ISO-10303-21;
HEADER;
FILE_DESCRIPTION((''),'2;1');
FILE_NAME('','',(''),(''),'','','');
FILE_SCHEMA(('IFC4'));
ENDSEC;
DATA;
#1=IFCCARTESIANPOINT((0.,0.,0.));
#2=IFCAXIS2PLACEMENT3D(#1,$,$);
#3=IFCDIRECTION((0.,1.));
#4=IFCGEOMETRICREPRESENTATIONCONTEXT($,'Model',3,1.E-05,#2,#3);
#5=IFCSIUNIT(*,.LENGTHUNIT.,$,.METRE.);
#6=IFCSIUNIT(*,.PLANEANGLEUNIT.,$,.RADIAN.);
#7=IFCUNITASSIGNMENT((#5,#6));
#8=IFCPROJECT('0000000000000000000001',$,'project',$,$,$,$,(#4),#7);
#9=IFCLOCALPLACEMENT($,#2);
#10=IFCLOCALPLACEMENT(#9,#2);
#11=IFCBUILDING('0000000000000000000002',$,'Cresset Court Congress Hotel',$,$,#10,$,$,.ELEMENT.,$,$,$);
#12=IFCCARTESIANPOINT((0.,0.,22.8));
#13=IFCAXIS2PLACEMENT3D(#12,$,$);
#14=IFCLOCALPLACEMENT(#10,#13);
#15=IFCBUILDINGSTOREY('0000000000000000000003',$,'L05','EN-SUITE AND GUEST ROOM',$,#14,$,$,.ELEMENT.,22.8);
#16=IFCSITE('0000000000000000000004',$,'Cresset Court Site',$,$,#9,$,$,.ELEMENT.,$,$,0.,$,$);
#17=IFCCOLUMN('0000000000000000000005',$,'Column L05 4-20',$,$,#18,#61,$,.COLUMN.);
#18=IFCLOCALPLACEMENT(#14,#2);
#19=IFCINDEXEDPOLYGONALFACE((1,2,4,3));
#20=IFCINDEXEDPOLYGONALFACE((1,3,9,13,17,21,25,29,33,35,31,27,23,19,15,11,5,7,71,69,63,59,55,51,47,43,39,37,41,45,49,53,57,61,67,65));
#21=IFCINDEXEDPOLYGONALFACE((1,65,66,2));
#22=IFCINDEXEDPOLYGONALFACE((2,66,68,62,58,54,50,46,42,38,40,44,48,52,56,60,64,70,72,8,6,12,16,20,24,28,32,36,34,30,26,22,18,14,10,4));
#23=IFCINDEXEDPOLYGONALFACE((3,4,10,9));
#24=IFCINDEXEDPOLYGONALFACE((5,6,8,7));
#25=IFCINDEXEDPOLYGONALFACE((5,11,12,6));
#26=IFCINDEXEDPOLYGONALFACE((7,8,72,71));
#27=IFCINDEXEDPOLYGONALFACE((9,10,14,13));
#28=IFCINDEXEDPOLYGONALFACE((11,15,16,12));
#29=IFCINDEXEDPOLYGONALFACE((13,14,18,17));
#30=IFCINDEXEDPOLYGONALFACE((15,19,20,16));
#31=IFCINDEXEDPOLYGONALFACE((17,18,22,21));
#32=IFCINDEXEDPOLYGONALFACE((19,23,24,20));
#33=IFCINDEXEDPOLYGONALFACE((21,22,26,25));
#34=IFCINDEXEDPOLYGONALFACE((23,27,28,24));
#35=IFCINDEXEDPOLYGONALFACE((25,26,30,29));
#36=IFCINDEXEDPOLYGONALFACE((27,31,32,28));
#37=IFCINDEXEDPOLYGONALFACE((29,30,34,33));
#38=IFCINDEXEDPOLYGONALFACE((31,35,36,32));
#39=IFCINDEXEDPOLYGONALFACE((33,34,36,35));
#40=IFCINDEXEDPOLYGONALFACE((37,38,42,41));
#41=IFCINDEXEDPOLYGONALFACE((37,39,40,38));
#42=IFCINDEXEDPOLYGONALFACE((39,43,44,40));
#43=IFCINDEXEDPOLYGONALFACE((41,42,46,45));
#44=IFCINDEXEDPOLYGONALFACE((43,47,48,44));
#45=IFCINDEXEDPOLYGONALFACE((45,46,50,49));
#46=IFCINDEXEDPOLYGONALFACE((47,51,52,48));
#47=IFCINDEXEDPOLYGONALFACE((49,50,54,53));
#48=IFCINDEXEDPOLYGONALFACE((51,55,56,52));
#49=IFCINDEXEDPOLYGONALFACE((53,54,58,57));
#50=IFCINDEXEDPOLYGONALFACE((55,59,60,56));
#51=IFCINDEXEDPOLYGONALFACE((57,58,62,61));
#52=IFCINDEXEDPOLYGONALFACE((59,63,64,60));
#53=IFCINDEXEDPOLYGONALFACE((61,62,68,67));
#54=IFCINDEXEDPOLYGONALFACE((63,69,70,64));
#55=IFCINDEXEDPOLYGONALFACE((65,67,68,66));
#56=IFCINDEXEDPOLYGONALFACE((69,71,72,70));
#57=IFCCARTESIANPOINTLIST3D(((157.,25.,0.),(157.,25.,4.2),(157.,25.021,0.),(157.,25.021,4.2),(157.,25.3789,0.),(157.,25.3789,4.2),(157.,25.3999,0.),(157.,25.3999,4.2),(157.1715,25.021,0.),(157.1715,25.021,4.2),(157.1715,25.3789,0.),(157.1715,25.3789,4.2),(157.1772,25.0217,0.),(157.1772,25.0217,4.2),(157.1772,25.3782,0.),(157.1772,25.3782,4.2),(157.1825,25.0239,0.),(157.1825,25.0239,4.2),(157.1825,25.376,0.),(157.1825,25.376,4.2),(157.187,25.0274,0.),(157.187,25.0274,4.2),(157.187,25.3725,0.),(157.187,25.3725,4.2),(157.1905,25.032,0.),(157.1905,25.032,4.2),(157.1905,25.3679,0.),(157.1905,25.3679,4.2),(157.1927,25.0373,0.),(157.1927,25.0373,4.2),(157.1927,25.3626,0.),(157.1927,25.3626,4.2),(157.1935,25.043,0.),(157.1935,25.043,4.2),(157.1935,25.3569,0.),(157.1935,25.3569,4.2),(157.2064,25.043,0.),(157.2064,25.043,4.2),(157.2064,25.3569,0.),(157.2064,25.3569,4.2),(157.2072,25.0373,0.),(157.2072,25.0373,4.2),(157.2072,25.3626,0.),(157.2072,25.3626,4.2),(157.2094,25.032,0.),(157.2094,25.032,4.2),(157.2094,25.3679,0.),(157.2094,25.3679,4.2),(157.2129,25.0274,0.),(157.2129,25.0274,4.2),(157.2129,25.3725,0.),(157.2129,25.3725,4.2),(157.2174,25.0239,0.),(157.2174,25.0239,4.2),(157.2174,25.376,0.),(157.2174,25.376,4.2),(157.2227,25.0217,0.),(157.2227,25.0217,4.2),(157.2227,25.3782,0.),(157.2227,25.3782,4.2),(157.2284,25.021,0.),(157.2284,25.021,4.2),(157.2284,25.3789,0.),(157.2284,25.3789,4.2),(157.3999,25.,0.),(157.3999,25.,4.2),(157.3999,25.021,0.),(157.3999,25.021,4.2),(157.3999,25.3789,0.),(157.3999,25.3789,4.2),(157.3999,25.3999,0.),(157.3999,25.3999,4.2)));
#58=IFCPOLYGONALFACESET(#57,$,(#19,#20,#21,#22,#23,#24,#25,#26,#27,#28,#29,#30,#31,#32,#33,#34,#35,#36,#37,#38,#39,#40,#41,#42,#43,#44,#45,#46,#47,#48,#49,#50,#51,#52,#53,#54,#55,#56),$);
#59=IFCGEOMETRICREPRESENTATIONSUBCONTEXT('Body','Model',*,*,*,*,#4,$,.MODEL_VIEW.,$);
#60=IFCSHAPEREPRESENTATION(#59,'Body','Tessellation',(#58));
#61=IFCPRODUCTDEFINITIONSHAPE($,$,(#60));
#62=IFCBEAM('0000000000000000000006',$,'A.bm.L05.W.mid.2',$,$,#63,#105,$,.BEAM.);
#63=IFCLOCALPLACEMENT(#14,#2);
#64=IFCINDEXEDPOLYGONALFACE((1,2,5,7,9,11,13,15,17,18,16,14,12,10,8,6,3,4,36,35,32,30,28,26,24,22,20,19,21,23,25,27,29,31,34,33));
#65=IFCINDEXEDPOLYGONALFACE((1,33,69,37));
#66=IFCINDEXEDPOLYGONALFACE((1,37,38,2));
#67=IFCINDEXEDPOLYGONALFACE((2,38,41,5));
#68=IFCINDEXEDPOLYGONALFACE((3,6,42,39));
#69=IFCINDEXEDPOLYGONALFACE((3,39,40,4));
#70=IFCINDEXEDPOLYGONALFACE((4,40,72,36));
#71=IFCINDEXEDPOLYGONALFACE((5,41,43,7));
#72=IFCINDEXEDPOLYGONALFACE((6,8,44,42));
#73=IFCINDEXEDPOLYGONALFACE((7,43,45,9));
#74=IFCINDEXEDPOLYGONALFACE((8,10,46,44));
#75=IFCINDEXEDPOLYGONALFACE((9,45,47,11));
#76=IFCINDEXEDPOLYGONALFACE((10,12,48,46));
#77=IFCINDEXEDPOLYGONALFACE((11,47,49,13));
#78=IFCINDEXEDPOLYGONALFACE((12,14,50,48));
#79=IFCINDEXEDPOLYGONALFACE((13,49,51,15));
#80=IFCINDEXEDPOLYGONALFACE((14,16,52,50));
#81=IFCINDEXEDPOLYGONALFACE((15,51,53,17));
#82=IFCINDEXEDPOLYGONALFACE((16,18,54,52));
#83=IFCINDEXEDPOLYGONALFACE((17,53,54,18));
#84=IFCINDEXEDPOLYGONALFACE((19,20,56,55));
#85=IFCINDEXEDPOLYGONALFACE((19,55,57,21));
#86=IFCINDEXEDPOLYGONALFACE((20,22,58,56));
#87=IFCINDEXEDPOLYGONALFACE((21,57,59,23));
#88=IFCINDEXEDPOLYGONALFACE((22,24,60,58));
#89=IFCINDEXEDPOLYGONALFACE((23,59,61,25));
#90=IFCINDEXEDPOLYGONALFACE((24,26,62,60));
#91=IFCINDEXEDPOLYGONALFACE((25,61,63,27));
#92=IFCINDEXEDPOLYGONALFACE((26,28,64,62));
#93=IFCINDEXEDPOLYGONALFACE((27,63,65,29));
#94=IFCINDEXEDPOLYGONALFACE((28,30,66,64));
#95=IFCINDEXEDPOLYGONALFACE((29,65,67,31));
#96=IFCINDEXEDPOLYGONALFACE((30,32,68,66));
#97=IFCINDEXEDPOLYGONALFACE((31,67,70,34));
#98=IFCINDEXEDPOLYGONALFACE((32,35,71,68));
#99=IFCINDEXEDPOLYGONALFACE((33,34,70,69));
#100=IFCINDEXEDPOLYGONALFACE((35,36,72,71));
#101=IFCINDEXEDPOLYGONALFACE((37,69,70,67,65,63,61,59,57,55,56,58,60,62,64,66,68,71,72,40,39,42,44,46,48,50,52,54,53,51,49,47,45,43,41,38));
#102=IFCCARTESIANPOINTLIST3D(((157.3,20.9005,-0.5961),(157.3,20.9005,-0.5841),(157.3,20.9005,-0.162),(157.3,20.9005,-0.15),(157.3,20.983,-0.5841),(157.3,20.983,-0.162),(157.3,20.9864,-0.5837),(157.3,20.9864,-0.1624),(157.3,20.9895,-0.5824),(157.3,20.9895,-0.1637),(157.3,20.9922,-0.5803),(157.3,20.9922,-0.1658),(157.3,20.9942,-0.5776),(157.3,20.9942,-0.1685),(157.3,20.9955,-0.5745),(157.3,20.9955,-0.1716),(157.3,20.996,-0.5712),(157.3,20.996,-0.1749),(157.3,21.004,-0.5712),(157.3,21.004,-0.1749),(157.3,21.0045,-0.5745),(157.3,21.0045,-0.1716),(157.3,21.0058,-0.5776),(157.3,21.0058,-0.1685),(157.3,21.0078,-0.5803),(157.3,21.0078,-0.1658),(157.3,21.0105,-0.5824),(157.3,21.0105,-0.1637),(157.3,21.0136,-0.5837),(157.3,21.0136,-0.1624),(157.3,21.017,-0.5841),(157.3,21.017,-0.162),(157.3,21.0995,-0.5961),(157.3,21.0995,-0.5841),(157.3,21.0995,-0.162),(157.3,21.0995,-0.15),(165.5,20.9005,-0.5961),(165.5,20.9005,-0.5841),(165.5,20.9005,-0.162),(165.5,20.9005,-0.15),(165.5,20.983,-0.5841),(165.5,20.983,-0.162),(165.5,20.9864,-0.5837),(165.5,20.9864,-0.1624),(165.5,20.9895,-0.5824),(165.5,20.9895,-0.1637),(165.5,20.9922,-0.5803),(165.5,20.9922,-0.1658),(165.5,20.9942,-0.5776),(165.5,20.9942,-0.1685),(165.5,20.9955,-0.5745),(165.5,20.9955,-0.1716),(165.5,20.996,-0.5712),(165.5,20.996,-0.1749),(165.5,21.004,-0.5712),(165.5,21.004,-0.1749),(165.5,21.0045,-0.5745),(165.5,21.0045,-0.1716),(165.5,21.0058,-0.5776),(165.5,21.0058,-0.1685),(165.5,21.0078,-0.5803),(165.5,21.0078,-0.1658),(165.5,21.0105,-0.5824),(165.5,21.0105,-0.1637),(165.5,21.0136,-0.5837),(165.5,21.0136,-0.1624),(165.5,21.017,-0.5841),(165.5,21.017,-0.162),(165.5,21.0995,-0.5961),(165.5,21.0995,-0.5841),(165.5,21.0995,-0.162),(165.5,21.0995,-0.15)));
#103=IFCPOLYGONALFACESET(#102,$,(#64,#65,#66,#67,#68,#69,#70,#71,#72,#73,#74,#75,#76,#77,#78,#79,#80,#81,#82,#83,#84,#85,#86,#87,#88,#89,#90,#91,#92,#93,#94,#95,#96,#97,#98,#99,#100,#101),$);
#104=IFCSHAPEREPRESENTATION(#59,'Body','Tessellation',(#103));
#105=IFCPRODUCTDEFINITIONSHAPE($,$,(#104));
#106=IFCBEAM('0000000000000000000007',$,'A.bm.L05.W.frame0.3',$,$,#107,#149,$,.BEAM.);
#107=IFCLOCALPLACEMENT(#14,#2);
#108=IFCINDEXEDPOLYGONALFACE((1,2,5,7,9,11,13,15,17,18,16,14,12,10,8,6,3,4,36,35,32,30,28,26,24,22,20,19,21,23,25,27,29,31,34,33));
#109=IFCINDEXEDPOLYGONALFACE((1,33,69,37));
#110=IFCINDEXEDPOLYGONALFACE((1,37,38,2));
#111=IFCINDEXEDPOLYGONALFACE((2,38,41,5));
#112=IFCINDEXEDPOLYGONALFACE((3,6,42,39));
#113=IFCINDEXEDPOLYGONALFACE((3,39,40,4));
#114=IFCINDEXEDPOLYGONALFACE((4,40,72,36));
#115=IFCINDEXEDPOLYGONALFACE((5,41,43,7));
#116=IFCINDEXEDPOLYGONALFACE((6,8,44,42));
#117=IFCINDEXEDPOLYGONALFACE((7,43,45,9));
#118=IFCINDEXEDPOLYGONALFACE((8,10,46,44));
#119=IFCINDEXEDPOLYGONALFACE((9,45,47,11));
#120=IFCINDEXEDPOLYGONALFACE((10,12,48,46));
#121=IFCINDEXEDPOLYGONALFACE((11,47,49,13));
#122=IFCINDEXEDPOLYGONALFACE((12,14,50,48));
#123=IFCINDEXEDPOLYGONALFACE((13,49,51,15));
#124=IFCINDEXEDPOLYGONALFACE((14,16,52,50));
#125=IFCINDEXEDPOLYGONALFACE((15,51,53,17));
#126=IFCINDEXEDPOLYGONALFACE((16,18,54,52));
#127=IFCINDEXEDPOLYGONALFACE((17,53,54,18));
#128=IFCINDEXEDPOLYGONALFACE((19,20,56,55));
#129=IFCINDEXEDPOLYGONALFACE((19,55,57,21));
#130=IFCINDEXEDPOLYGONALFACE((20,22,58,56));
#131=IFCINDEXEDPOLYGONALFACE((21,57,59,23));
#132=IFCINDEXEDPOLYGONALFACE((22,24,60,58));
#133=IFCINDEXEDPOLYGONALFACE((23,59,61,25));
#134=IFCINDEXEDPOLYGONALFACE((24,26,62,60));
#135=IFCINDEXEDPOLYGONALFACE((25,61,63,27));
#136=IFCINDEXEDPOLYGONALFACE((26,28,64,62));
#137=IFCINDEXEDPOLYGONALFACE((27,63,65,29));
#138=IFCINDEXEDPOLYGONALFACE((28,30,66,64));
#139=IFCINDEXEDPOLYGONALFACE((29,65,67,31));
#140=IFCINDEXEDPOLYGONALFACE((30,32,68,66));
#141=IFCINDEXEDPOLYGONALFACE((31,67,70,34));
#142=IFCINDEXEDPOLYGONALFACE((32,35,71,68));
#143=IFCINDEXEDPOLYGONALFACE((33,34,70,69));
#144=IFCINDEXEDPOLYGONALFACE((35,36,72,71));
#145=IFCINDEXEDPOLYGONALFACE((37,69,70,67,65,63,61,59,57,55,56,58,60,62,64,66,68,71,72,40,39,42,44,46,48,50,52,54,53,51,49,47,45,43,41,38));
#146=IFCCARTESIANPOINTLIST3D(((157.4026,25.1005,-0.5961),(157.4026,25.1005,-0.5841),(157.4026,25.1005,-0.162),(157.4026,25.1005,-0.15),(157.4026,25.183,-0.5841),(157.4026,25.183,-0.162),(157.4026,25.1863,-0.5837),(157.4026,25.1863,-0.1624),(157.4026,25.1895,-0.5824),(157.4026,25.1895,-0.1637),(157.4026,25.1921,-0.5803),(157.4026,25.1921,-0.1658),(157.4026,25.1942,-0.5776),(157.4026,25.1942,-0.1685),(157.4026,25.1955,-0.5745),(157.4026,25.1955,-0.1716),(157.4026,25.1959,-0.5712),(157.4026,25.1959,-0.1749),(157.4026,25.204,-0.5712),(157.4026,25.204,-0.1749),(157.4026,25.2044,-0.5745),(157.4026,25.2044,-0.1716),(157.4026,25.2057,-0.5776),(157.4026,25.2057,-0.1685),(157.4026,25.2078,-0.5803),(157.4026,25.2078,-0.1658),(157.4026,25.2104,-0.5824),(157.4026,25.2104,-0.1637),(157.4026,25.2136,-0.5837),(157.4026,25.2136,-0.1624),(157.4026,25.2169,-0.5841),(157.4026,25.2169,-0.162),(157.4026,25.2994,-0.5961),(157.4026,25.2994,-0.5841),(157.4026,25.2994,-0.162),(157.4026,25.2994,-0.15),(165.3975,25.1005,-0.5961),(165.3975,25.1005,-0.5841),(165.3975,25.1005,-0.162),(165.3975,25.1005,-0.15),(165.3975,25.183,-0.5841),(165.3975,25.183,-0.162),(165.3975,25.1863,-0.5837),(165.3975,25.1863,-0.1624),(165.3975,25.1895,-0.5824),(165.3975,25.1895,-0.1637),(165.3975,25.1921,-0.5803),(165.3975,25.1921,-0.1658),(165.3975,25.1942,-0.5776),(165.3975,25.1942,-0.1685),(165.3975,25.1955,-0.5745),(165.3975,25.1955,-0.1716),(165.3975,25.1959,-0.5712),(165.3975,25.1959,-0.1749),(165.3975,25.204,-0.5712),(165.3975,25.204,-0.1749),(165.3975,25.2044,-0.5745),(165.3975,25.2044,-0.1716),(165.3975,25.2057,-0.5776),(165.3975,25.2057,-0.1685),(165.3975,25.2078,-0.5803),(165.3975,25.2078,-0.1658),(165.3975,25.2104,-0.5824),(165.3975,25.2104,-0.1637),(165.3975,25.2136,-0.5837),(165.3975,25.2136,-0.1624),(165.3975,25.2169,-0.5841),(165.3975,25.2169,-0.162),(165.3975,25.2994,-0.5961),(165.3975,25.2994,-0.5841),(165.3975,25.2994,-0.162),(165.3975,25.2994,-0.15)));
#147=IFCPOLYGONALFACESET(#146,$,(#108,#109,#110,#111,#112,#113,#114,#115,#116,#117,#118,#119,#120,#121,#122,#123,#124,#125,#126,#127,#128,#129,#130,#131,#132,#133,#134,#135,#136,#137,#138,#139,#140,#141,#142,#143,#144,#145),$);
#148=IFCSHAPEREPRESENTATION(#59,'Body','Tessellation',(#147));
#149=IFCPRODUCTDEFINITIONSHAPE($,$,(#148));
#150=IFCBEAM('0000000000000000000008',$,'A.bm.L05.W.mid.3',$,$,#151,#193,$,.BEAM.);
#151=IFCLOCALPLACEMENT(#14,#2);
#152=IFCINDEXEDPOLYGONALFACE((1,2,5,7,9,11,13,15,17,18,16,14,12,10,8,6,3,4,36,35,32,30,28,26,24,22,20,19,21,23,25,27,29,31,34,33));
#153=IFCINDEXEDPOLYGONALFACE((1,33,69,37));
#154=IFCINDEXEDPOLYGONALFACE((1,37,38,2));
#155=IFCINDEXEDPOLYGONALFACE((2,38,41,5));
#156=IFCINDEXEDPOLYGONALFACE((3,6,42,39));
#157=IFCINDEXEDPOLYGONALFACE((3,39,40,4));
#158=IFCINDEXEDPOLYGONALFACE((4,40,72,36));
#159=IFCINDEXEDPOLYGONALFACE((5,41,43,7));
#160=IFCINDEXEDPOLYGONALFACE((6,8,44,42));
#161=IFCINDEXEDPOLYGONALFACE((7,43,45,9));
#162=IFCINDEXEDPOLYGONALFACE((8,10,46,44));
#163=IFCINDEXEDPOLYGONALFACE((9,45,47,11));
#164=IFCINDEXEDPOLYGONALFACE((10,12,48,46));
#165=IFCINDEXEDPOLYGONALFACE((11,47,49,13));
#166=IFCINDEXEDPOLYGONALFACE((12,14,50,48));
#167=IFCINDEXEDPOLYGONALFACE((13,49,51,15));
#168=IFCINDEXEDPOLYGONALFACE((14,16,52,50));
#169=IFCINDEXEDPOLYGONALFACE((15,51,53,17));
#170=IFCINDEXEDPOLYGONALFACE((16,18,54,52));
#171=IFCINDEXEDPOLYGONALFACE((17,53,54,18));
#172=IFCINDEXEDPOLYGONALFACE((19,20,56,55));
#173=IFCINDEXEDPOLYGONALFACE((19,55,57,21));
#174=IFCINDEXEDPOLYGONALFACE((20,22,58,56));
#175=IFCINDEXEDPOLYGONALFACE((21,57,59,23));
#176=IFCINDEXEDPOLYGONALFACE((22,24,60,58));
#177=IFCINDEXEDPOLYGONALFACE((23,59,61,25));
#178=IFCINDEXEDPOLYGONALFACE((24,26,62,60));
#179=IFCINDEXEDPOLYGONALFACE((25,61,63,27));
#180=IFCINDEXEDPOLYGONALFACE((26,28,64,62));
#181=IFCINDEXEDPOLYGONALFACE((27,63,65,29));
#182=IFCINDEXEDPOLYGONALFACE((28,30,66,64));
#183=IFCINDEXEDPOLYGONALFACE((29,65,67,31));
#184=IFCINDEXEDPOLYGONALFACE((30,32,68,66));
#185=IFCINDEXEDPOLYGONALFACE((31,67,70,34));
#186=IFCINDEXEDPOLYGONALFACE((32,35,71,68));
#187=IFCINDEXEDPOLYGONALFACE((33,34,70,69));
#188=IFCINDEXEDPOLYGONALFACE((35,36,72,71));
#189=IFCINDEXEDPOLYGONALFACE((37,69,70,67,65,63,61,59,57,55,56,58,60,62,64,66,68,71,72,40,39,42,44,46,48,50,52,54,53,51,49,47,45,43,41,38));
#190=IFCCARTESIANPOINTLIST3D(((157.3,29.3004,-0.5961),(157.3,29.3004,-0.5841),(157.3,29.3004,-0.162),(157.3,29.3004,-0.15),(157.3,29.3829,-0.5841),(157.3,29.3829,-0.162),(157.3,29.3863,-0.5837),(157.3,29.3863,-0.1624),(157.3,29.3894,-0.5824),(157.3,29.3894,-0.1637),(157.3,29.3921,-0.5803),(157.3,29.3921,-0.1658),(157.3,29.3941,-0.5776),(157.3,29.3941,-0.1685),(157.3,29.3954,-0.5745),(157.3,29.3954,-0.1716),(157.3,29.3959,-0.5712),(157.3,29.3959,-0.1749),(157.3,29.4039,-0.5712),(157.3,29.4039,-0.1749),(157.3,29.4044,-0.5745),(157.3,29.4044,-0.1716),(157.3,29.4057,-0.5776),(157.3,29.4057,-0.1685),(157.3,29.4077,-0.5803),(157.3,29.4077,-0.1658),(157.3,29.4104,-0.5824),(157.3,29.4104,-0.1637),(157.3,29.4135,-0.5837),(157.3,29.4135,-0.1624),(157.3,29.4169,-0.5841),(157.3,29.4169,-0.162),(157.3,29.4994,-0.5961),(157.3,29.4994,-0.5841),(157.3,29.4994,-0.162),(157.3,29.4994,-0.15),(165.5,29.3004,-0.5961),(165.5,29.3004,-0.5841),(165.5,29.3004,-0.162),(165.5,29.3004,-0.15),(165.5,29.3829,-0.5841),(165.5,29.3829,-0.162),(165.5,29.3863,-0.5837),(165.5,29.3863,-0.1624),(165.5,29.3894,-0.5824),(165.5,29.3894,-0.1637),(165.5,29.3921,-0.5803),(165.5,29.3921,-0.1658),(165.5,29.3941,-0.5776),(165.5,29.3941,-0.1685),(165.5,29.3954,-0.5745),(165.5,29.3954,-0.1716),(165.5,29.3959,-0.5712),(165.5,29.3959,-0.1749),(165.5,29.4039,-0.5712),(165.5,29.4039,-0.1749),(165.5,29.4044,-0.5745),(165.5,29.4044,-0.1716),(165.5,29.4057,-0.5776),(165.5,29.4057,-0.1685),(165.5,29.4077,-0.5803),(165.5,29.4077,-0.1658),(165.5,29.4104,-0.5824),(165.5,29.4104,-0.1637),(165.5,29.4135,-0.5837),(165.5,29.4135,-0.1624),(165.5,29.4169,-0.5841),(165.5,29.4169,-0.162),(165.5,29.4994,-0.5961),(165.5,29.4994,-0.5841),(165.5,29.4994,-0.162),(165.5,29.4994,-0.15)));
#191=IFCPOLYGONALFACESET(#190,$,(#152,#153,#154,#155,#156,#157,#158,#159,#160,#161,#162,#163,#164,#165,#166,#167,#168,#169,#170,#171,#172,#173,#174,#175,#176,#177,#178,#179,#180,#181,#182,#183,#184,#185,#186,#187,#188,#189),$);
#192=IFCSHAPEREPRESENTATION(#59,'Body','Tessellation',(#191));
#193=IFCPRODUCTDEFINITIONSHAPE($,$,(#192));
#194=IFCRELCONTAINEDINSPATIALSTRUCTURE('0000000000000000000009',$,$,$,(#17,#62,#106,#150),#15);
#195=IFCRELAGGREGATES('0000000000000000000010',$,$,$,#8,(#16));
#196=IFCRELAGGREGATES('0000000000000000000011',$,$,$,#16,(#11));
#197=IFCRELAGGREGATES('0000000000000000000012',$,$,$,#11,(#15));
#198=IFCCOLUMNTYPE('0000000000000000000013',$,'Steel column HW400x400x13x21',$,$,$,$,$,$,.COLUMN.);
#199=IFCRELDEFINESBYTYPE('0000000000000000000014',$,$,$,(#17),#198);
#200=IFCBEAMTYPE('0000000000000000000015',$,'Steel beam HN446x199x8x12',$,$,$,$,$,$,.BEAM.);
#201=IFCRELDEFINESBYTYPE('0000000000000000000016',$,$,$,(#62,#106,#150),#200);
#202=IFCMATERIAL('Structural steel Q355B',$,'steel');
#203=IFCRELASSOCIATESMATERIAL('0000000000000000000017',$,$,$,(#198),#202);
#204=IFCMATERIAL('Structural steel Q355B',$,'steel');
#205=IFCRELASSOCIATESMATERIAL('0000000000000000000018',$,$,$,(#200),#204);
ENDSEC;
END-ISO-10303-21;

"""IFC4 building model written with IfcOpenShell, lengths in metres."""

from ifc_helpers import new_model, si_unit, direction, frame, origin, origin_2d, place, context, subcontext, project, spatial, i_section, extrude, material, material_profile, profile_set, type_object, element, save


model = new_model("IFC4")

# Units and contexts
model_context = context("Model", 3, precision=1e-05, world=origin(), true_north=direction((0.0, 1.0)))
body_context = subcontext(model_context, "Body", "Model", "MODEL_VIEW")
ifc_project = project(units=[si_unit("LENGTHUNIT", "METRE"), si_unit("PLANEANGLEUNIT", "RADIAN")], contexts=[model_context])

# Site, building, storey
site_placement = place(None, origin())
site = spatial("IfcSite", under=ifc_project, at=site_placement, Name="Cresset Court Site", CompositionType="ELEMENT", RefElevation=0.0)
building_placement = place(site_placement, origin())
building = spatial("IfcBuilding", under=site, at=building_placement, Name="Cresset Court Congress Hotel", CompositionType="ELEMENT")
storey_placement = place(building_placement, frame((0.0, 0.0, 22.8)))
storey = spatial("IfcBuildingStorey", under=building, at=storey_placement, Name="L05", Description="EN-SUITE AND GUEST ROOM", CompositionType="ELEMENT", Elevation=22.8)

# Column
ifc_material_1 = material(Name="Structural steel Q355B", Category="steel")
ifc_material_profile_1 = material_profile(ifc_material_1, i_section(OverallWidth=0.3999, OverallDepth=0.3999, WebThickness=0.0129, FlangeThickness=0.021, FilletRadius=0.022, at=origin_2d()), Name="HW400x400x13x21")
ifc_profile_set_1 = profile_set([ifc_material_profile_1], Name="Structural steel Q355B")
column_type = type_object("IfcColumnType", Name="Steel column HW400x400x13x21", PredefinedType="COLUMN", material=ifc_profile_set_1)
column_placement = place(storey_placement, frame((157.2, 25.2, 0.0), z_axis=(0.0, 0.0, 1.0), x_axis=(1.0, 0.0, 0.0)))
element("IfcColumn", 1, at=column_placement, inside=storey, type_object=column_type, Name="Column L05 4-20", PredefinedType="COLUMN", context=body_context, shape_type="SweptSolid", body=[
    extrude(i_section(OverallWidth=0.3999, OverallDepth=0.3999, WebThickness=0.0129, FlangeThickness=0.021, FilletRadius=0.022, at=origin_2d()), origin(), (0.0, 0.0, 1.0), 4.2),
])

# Beams
ifc_material_2 = material(Name="Structural steel Q355B", Category="steel")
ifc_material_profile_2 = material_profile(ifc_material_2, i_section(OverallWidth=0.199, OverallDepth=0.446, WebThickness=0.0081, FlangeThickness=0.012, FilletRadius=0.0129, at=origin_2d()), Name="HN446x199x8x12")
ifc_profile_set_2 = profile_set([ifc_material_profile_2], Name="Structural steel Q355B")
beam_type_1 = type_object("IfcBeamType", Name="Steel beam HN446x199x8x12", PredefinedType="BEAM", material=ifc_profile_set_2)
beam_1_placement = place(storey_placement, frame((157.3, 21.0, -0.373), z_axis=(1.0, 0.0, 0.0), x_axis=(0.0, 1.0, 0.0)))
element("IfcBeam", 2, at=beam_1_placement, inside=storey, type_object=beam_type_1, Name="A.bm.L05.W.mid.2", PredefinedType="BEAM", context=body_context, shape_type="SweptSolid", body=[
    extrude(i_section(OverallWidth=0.199, OverallDepth=0.446, WebThickness=0.0081, FlangeThickness=0.012, FilletRadius=0.0129, at=origin_2d()), origin(), (0.0, 0.0, 1.0), 8.2),
])
beam_2_placement = place(storey_placement, frame((157.4026, 25.2, -0.373), z_axis=(1.0, 0.0, 0.0), x_axis=(0.0, 1.0, 0.0)))
element("IfcBeam", 3, at=beam_2_placement, inside=storey, type_object=beam_type_1, Name="A.bm.L05.W.frame0.3", PredefinedType="BEAM", context=body_context, shape_type="SweptSolid", body=[
    extrude(i_section(OverallWidth=0.199, OverallDepth=0.446, WebThickness=0.0081, FlangeThickness=0.012, FilletRadius=0.0129, at=origin_2d()), origin(), (0.0, 0.0, 1.0), 7.9949),
])
beam_3_placement = place(storey_placement, frame((157.3, 29.3999, -0.373), z_axis=(1.0, 0.0, 0.0), x_axis=(0.0, 1.0, 0.0)))
element("IfcBeam", 4, at=beam_3_placement, inside=storey, type_object=beam_type_1, Name="A.bm.L05.W.mid.3", PredefinedType="BEAM", context=body_context, shape_type="SweptSolid", body=[
    extrude(i_section(OverallWidth=0.199, OverallDepth=0.446, WebThickness=0.0081, FlangeThickness=0.012, FilletRadius=0.0129, at=origin_2d()), origin(), (0.0, 0.0, 1.0), 8.2),
])

save(model, "model.ifc")
